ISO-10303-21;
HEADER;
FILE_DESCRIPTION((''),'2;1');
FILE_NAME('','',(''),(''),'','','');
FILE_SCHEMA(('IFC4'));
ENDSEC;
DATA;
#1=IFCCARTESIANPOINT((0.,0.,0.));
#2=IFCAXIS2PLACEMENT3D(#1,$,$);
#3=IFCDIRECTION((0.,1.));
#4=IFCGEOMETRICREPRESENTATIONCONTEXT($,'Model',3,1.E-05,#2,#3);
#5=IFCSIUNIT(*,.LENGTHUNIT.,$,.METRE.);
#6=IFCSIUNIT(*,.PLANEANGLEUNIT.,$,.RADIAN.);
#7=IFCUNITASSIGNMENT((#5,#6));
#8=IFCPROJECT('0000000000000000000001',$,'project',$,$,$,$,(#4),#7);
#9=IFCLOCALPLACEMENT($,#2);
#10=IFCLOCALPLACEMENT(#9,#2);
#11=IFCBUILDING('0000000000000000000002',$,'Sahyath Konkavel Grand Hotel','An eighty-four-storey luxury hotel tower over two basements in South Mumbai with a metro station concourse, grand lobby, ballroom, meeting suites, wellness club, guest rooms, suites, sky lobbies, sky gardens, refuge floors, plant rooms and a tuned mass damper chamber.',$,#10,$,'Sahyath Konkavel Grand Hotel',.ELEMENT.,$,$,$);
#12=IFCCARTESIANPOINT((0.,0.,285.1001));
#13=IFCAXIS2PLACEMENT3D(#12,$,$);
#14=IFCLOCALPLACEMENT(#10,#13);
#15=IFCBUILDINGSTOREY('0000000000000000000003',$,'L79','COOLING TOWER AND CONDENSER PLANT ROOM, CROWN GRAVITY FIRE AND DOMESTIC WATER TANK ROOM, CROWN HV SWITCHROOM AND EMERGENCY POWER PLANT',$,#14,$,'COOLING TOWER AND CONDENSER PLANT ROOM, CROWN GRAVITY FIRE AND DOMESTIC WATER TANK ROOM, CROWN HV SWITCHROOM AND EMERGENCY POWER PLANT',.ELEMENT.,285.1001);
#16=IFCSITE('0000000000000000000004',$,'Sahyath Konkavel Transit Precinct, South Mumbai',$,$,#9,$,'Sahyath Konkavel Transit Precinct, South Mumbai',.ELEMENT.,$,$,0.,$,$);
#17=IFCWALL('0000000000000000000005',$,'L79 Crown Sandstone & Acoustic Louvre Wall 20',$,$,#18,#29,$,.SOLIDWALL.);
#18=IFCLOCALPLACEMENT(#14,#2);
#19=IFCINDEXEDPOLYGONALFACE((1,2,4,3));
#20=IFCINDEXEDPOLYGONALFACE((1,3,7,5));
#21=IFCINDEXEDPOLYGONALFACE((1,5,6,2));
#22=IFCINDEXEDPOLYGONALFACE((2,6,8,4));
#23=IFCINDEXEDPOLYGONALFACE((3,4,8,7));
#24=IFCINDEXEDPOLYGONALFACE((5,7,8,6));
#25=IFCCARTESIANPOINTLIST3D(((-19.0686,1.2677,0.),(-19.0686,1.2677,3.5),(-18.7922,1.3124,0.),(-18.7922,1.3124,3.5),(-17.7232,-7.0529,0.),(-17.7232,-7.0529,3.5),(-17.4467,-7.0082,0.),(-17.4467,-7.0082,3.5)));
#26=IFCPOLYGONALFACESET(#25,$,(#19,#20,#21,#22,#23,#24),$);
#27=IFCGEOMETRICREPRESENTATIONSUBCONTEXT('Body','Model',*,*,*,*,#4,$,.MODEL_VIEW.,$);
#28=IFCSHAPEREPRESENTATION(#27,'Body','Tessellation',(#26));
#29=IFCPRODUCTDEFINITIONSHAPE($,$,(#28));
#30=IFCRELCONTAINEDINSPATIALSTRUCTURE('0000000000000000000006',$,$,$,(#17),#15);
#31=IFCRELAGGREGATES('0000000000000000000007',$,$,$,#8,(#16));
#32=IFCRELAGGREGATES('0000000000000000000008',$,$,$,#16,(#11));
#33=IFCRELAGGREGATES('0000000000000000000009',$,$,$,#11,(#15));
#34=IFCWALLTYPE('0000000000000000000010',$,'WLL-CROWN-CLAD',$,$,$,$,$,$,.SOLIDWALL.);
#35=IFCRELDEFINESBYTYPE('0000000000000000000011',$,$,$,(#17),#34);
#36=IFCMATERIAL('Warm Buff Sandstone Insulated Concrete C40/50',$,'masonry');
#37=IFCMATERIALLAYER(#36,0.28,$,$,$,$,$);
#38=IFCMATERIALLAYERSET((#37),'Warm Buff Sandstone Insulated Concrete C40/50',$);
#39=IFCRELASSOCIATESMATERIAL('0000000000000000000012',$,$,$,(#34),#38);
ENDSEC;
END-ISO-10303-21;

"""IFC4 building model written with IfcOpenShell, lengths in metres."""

from ifc_helpers import new_model, si_unit, direction, frame, frame_2d, origin, place, context, subcontext, project, spatial, rectangle, extrude, material, layer, layer_set, type_object, element, save


model = new_model("IFC4")

# Units and contexts
model_context = context("Model", 3, precision=1e-05, world=origin(), true_north=direction((0.0, 1.0)))
body_context = subcontext(model_context, "Body", "Model", "MODEL_VIEW")
ifc_project = project(units=[si_unit("LENGTHUNIT", "METRE"), si_unit("PLANEANGLEUNIT", "RADIAN")], contexts=[model_context])

# Site, building, storey
site_placement = place(None, origin())
site = spatial("IfcSite", under=ifc_project, at=site_placement, Name="Sahyath Konkavel Transit Precinct, South Mumbai", LongName="Sahyath Konkavel Transit Precinct, South Mumbai", CompositionType="ELEMENT", RefElevation=0.0)
building_placement = place(site_placement, origin())
building = spatial("IfcBuilding", under=site, at=building_placement, Name="Sahyath Konkavel Grand Hotel", Description="An eighty-four-storey luxury hotel tower over two basements in South Mumbai with a metro station concourse, grand lobby, ballroom, meeting suites, wellness club, guest rooms, suites, sky lobbies, sky gardens, refuge floors, plant rooms and a tuned mass damper chamber.", LongName="Sahyath Konkavel Grand Hotel", CompositionType="ELEMENT")
storey_placement = place(building_placement, frame((0.0, 0.0, 285.1001)))
storey = spatial("IfcBuildingStorey", under=building, at=storey_placement, Name="L79", Description="COOLING TOWER AND CONDENSER PLANT ROOM, CROWN GRAVITY FIRE AND DOMESTIC WATER TANK ROOM, CROWN HV SWITCHROOM AND EMERGENCY POWER PLANT", LongName="COOLING TOWER AND CONDENSER PLANT ROOM, CROWN GRAVITY FIRE AND DOMESTIC WATER TANK ROOM, CROWN HV SWITCHROOM AND EMERGENCY POWER PLANT", CompositionType="ELEMENT", Elevation=285.1001)

# Wall
ifc_material_1 = material(Name="Warm Buff Sandstone Insulated Concrete C40/50", Category="masonry")
ifc_layer_1 = layer(ifc_material_1, 0.28)
ifc_layer_set_1 = layer_set([ifc_layer_1], Name="Warm Buff Sandstone Insulated Concrete C40/50")
wall_type_1 = type_object("IfcWallType", Name="WLL-CROWN-CLAD", PredefinedType="SOLIDWALL", material=ifc_layer_set_1)
wall_1_placement = place(storey_placement, frame((-18.9304, 1.29, 0.0), z_axis=(0.0, 0.0, 1.0), x_axis=(0.159629, -0.987177, 0.0)))
element("IfcWall", 1, at=wall_1_placement, inside=storey, type_object=wall_type_1, Name="L79 Crown Sandstone & Acoustic Louvre Wall 20", PredefinedType="SOLIDWALL", context=body_context, shape_type="SweptSolid", body=[
    extrude(rectangle(XDim=8.4287, YDim=0.28, at=frame_2d((4.2144, 0.0))), origin(), (0.0, 0.0, 1.0), 3.5),
])

save(model, "model.ifc")
